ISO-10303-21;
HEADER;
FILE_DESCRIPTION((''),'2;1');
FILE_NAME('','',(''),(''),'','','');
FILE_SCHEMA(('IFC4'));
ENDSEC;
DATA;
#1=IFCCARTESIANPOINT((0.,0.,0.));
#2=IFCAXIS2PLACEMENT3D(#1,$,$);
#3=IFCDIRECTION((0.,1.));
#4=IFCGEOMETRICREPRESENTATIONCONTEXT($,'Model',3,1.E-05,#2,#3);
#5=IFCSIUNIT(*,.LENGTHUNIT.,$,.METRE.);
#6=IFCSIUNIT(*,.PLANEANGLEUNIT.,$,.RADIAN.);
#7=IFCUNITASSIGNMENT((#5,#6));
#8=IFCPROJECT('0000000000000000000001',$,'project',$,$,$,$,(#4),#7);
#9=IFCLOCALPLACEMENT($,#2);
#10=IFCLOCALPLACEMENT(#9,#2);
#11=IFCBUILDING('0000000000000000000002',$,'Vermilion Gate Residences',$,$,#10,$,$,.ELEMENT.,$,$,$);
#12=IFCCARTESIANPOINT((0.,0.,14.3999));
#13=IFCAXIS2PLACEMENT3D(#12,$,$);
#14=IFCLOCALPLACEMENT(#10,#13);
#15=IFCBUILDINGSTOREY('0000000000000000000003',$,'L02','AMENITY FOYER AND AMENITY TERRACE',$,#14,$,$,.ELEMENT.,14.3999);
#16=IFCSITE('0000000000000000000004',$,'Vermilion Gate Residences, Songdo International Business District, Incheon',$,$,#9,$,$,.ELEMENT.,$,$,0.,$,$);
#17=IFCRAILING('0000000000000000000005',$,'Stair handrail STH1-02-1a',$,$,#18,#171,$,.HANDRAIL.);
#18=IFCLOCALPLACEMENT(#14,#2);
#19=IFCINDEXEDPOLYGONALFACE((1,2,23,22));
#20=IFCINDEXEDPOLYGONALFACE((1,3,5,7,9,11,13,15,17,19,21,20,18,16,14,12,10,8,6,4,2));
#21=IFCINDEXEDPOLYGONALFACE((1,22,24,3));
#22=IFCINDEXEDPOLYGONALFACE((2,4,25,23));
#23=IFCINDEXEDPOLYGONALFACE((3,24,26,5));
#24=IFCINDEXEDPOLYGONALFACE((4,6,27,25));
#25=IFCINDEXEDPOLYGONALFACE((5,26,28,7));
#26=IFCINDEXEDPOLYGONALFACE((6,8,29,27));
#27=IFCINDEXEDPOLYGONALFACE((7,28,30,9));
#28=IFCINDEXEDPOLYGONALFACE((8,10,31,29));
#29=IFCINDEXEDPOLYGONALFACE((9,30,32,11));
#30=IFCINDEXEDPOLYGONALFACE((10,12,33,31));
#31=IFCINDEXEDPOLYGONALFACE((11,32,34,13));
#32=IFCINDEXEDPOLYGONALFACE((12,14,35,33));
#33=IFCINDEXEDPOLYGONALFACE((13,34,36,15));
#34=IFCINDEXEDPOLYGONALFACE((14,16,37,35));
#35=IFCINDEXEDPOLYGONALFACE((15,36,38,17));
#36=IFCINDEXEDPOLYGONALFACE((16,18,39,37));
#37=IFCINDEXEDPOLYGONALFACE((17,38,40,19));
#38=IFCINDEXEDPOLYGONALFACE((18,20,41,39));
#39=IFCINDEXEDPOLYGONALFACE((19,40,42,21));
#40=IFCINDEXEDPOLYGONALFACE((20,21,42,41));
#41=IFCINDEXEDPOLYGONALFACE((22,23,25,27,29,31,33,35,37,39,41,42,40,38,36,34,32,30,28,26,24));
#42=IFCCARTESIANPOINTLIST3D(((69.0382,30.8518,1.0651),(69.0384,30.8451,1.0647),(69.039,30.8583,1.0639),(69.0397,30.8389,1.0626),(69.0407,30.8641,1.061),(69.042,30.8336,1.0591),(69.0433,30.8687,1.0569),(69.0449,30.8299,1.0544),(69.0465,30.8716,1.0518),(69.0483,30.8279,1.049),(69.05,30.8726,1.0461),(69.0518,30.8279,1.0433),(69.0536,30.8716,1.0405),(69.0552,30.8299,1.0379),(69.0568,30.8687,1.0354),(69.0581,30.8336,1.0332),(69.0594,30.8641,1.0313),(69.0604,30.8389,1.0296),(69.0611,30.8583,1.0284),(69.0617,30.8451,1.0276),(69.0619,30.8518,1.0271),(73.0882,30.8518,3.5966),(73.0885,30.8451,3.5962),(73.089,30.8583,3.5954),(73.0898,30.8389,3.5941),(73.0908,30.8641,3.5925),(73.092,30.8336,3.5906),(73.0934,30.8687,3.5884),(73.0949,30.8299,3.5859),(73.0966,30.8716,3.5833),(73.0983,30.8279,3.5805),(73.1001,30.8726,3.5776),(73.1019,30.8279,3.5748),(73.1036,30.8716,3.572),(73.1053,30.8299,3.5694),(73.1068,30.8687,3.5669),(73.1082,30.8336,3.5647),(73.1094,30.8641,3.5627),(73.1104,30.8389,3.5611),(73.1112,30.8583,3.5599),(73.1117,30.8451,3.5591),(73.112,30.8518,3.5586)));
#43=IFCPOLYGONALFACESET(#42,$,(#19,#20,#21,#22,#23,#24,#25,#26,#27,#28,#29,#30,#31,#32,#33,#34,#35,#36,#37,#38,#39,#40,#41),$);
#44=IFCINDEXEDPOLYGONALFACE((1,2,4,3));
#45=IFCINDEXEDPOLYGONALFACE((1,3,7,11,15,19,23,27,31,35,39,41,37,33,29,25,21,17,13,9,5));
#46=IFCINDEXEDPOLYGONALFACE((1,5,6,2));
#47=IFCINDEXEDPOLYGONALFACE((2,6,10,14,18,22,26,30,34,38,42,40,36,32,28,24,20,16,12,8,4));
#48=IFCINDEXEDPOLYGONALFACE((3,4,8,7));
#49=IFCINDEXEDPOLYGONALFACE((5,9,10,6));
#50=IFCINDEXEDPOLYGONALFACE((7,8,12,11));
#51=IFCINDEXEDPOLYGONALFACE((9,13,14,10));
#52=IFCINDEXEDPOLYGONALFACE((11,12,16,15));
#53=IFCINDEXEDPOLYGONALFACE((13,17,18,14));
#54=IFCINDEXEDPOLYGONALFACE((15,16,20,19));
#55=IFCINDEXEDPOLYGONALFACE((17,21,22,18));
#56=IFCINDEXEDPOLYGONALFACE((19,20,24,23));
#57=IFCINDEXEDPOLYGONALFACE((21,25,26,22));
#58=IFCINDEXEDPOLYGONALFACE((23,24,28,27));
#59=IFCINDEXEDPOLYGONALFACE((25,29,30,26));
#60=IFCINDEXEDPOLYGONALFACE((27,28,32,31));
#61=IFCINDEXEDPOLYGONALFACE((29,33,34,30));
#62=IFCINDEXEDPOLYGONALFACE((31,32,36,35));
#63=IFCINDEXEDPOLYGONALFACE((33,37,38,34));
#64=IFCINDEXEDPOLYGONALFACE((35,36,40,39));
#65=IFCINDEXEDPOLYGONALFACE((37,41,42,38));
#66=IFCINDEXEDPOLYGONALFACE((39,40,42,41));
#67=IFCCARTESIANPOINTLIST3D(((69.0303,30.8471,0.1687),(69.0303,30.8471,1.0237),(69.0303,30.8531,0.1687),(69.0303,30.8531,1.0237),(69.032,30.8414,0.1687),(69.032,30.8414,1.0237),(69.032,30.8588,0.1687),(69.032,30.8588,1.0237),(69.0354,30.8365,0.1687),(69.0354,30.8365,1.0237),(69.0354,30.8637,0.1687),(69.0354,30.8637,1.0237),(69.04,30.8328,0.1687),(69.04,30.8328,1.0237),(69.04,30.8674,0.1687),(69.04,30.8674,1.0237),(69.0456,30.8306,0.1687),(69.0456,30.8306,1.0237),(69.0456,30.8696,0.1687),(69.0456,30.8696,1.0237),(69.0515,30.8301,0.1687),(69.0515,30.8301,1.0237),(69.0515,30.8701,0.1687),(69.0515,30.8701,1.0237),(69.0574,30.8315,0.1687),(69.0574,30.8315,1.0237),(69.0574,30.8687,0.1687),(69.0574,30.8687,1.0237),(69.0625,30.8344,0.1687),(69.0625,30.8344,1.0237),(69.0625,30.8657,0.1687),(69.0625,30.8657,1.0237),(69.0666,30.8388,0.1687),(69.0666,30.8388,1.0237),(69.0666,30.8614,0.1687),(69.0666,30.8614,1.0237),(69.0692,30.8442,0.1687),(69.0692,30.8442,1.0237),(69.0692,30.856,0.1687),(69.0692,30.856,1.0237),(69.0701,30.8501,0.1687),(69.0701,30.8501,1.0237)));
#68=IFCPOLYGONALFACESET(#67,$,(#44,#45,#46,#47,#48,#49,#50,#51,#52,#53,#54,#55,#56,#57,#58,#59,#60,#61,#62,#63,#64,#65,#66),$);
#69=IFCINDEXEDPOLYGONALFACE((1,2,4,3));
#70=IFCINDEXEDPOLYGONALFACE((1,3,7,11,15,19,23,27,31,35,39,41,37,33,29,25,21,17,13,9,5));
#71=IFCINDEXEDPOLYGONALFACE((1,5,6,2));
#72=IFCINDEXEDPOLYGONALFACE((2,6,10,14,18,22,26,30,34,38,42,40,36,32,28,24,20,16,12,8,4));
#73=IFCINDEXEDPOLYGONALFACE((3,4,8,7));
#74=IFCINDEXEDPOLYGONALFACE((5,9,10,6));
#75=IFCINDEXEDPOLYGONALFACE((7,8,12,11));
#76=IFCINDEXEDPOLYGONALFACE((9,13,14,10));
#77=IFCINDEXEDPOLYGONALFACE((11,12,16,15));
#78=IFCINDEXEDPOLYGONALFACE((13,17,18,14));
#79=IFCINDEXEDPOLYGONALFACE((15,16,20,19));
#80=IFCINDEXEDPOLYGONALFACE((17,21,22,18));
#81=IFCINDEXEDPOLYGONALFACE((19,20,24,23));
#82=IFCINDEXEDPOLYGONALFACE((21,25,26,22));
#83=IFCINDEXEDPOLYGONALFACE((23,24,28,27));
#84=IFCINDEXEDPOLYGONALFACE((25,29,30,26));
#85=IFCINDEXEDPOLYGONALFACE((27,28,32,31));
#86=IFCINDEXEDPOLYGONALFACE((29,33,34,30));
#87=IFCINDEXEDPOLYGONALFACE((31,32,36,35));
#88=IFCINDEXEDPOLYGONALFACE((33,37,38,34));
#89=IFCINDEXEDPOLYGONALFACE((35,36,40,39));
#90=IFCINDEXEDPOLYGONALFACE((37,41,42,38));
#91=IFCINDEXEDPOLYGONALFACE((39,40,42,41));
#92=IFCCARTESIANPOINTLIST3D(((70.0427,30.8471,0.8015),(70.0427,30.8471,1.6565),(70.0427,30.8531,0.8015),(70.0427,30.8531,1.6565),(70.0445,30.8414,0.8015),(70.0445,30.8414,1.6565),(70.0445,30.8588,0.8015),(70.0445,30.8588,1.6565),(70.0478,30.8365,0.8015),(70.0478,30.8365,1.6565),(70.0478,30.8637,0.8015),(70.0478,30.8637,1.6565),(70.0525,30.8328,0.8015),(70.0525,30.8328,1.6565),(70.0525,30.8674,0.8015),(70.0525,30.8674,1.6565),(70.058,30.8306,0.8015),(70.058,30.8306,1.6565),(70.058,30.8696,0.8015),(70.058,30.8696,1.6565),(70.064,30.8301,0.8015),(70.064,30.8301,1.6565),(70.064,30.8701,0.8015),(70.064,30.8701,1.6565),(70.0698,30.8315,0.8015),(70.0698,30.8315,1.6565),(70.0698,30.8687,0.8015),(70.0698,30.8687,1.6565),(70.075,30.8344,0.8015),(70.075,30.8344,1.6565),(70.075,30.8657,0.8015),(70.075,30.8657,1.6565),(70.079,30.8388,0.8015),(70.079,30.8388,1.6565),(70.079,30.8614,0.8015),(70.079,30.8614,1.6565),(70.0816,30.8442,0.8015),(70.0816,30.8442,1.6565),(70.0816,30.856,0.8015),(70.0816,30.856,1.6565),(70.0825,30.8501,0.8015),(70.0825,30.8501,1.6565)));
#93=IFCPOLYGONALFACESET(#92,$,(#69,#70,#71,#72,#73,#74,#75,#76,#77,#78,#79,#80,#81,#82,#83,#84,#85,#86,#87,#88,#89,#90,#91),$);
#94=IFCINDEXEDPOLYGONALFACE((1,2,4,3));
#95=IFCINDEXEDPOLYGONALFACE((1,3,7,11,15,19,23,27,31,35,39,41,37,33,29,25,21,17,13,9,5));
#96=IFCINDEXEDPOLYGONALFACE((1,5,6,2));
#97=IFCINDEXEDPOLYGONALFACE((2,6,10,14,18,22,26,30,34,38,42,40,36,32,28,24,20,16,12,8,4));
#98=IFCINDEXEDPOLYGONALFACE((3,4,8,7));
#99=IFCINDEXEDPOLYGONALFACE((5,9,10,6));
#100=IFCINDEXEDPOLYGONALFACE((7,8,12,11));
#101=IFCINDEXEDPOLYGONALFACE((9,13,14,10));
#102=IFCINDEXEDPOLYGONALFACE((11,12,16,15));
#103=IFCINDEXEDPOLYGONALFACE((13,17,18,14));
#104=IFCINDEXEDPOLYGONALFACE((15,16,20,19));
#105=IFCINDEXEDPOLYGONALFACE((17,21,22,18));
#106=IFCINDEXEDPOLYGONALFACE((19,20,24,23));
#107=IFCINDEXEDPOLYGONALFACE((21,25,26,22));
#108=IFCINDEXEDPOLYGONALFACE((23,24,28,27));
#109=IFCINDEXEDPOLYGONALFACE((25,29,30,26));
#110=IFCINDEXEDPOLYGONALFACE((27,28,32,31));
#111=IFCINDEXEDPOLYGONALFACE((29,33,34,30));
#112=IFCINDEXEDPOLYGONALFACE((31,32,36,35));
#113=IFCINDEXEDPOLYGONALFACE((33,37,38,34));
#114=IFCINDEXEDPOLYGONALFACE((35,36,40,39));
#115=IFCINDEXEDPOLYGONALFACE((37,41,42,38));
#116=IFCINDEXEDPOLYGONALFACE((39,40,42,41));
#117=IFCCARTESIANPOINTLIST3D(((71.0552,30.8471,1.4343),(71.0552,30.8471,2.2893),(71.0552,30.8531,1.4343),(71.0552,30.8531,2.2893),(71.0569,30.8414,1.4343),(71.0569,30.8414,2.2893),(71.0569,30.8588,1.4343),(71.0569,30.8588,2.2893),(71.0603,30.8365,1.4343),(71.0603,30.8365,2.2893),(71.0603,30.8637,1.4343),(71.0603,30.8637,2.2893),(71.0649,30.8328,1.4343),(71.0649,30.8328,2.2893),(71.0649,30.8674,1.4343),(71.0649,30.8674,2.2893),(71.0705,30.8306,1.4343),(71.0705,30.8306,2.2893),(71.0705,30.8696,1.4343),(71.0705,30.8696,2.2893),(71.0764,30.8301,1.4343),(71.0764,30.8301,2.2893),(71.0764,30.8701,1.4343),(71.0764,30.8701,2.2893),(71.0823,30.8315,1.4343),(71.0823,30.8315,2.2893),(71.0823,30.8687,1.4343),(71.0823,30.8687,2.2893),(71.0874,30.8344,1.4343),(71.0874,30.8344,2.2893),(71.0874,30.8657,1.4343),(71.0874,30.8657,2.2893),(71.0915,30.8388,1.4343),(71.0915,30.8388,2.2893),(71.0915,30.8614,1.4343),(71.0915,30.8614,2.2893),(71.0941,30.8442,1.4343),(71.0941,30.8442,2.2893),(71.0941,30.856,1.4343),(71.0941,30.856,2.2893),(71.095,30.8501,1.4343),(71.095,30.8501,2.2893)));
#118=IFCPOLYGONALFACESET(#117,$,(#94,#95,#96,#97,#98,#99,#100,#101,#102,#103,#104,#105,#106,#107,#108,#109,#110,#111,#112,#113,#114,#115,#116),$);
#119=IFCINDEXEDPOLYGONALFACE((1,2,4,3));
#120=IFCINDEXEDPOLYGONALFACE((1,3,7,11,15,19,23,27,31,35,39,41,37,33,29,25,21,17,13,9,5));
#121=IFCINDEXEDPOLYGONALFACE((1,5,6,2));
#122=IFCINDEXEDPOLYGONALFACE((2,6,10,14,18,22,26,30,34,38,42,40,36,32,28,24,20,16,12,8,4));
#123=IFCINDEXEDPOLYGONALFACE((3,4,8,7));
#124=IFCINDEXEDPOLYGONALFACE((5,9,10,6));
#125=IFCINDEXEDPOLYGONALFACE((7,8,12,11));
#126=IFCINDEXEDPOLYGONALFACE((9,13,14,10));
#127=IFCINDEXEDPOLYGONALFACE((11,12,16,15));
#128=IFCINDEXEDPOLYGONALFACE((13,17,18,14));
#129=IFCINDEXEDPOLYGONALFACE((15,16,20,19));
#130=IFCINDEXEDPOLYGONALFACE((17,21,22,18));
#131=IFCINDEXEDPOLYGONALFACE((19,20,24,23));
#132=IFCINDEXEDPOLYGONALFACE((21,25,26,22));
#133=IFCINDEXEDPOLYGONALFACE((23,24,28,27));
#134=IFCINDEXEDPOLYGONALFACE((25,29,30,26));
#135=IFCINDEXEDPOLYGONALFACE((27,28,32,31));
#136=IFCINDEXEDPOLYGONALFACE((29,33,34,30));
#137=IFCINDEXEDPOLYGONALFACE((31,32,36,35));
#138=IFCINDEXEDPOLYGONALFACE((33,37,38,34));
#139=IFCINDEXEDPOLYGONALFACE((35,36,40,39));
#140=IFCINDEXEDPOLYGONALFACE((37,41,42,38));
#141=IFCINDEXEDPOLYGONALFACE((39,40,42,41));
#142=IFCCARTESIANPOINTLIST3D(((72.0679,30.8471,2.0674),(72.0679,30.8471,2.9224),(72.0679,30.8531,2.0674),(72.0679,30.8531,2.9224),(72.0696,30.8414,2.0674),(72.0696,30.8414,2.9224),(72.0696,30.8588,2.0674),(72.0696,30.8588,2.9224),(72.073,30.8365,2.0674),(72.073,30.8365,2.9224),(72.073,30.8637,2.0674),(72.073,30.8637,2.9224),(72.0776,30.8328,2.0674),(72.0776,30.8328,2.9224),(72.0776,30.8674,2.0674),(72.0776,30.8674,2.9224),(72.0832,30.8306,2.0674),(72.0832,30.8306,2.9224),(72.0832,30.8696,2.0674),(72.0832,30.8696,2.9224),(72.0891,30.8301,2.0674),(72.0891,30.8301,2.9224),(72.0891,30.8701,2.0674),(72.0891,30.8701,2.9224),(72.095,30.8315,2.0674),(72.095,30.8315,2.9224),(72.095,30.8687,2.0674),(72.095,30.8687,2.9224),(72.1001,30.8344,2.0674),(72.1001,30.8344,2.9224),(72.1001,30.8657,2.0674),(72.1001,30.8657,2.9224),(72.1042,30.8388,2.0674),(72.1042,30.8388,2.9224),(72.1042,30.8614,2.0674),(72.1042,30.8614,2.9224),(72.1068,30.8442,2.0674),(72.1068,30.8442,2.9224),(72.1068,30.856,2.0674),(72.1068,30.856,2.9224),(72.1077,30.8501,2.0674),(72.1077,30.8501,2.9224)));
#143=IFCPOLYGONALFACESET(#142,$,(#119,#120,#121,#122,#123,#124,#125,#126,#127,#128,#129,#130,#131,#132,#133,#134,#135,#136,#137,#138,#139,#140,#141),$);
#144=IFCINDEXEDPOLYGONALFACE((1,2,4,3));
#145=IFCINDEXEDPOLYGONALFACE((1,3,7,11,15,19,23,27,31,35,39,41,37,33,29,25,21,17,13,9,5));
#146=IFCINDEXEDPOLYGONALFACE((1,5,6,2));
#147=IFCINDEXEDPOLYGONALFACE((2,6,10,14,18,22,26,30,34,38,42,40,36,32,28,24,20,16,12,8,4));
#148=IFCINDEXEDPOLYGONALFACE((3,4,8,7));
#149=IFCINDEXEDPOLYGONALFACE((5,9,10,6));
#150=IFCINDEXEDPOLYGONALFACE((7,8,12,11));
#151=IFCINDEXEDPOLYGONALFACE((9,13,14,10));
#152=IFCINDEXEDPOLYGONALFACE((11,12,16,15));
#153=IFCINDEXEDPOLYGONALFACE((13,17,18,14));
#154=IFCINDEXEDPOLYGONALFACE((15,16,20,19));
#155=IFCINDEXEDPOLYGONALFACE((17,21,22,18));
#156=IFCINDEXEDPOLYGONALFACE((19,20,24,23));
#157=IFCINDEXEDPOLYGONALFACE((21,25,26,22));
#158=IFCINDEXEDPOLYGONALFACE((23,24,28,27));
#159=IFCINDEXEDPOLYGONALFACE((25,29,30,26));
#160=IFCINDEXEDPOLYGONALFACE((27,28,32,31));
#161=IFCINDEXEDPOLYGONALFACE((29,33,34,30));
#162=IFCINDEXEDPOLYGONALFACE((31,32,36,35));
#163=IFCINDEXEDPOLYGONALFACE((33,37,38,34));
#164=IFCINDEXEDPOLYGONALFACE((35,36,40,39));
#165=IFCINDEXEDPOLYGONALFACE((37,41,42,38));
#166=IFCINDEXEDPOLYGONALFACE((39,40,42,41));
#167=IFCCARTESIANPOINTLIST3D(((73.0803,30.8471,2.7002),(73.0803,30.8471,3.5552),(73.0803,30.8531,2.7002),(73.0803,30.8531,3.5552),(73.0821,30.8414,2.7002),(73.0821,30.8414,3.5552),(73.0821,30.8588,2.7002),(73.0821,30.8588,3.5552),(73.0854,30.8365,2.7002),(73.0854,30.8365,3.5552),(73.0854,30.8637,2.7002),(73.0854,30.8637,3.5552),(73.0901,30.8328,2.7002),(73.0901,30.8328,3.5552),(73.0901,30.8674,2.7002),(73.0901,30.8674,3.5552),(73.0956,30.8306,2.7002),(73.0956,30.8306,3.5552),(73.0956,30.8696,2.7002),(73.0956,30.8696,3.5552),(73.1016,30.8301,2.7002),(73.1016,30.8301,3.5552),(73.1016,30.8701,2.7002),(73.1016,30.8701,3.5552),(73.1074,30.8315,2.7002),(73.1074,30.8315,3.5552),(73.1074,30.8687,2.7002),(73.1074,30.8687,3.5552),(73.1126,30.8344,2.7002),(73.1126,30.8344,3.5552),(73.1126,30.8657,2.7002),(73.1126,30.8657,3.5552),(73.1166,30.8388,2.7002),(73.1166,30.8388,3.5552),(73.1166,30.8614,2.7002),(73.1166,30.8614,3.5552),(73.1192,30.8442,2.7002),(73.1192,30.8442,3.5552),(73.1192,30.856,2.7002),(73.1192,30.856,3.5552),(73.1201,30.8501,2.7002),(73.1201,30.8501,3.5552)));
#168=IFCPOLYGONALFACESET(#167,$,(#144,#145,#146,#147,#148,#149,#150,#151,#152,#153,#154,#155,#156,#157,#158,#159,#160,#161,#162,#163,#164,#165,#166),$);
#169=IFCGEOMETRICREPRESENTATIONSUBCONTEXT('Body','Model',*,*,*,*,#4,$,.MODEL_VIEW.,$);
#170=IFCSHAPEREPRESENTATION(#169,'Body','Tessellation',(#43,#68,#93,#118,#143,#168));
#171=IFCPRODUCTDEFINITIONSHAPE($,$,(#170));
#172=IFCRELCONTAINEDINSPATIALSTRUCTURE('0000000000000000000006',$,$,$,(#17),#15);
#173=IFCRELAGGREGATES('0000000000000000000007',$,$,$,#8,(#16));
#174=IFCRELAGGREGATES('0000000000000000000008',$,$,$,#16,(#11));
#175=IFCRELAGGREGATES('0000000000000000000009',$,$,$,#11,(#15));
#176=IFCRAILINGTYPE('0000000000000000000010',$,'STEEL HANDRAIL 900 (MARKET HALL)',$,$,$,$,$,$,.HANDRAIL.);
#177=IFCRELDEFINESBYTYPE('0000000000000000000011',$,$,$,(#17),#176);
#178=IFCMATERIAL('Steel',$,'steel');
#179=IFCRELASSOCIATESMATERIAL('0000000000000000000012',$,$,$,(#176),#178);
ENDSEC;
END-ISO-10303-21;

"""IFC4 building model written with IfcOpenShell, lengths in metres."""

from ifc_helpers import new_model, si_unit, direction, frame, origin, origin_2d, place, context, subcontext, project, spatial, circle, extrude, material, type_object, element, save


model = new_model("IFC4")

# Units and contexts
model_context = context("Model", 3, precision=1e-05, world=origin(), true_north=direction((0.0, 1.0)))
body_context = subcontext(model_context, "Body", "Model", "MODEL_VIEW")
ifc_project = project(units=[si_unit("LENGTHUNIT", "METRE"), si_unit("PLANEANGLEUNIT", "RADIAN")], contexts=[model_context])

# Site, building, storey
site_placement = place(None, origin())
site = spatial("IfcSite", under=ifc_project, at=site_placement, Name="Vermilion Gate Residences, Songdo International Business District, Incheon", CompositionType="ELEMENT", RefElevation=0.0)
building_placement = place(site_placement, origin())
building = spatial("IfcBuilding", under=site, at=building_placement, Name="Vermilion Gate Residences", CompositionType="ELEMENT")
storey_placement = place(building_placement, frame((0.0, 0.0, 14.3999)))
storey = spatial("IfcBuildingStorey", under=building, at=storey_placement, Name="L02", Description="AMENITY FOYER AND AMENITY TERRACE", CompositionType="ELEMENT", Elevation=14.3999)

# Railing
ifc_material_1 = material(Name="Steel", Category="steel")
railing_type_1 = type_object("IfcRailingType", Name="STEEL HANDRAIL 900 (MARKET HALL)", PredefinedType="HANDRAIL", material=ifc_material_1)
for number, where, name in (
    (1, (69.05, 30.8501, 0.1687), "Stair handrail STH1-02-1a"),
):
    element("IfcRailing", number, at=place(storey_placement, frame(where)), inside=storey, type_object=railing_type_1, Name=name, PredefinedType="HANDRAIL", context=body_context, shape_type="SweptSolid", body=[
        extrude(circle(Radius=0.0225, at=origin_2d()), frame((0.0, 0.0, 0.8774), z_axis=(0.847978, 0.0, 0.530031), x_axis=(0.0, 1.0, 0.0)), (0.0, 0.0, 1.0), 4.7761),
        extrude(circle(Radius=0.02, at=origin_2d()), origin(), (0.0, 0.0, 1.0), 0.855),
        extrude(circle(Radius=0.02, at=origin_2d()), frame((1.0125, 0.0, 0.6328)), (0.0, 0.0, 1.0), 0.855),
        extrude(circle(Radius=0.02, at=origin_2d()), frame((2.0249, 0.0, 1.2656)), (0.0, 0.0, 1.0), 0.855),
        extrude(circle(Radius=0.02, at=origin_2d()), frame((3.0376, 0.0, 1.8987)), (0.0, 0.0, 1.0), 0.855),
        extrude(circle(Radius=0.02, at=origin_2d()), frame((4.05, 0.0, 2.5315)), (0.0, 0.0, 1.0), 0.855),
    ])

save(model, "model.ifc")
